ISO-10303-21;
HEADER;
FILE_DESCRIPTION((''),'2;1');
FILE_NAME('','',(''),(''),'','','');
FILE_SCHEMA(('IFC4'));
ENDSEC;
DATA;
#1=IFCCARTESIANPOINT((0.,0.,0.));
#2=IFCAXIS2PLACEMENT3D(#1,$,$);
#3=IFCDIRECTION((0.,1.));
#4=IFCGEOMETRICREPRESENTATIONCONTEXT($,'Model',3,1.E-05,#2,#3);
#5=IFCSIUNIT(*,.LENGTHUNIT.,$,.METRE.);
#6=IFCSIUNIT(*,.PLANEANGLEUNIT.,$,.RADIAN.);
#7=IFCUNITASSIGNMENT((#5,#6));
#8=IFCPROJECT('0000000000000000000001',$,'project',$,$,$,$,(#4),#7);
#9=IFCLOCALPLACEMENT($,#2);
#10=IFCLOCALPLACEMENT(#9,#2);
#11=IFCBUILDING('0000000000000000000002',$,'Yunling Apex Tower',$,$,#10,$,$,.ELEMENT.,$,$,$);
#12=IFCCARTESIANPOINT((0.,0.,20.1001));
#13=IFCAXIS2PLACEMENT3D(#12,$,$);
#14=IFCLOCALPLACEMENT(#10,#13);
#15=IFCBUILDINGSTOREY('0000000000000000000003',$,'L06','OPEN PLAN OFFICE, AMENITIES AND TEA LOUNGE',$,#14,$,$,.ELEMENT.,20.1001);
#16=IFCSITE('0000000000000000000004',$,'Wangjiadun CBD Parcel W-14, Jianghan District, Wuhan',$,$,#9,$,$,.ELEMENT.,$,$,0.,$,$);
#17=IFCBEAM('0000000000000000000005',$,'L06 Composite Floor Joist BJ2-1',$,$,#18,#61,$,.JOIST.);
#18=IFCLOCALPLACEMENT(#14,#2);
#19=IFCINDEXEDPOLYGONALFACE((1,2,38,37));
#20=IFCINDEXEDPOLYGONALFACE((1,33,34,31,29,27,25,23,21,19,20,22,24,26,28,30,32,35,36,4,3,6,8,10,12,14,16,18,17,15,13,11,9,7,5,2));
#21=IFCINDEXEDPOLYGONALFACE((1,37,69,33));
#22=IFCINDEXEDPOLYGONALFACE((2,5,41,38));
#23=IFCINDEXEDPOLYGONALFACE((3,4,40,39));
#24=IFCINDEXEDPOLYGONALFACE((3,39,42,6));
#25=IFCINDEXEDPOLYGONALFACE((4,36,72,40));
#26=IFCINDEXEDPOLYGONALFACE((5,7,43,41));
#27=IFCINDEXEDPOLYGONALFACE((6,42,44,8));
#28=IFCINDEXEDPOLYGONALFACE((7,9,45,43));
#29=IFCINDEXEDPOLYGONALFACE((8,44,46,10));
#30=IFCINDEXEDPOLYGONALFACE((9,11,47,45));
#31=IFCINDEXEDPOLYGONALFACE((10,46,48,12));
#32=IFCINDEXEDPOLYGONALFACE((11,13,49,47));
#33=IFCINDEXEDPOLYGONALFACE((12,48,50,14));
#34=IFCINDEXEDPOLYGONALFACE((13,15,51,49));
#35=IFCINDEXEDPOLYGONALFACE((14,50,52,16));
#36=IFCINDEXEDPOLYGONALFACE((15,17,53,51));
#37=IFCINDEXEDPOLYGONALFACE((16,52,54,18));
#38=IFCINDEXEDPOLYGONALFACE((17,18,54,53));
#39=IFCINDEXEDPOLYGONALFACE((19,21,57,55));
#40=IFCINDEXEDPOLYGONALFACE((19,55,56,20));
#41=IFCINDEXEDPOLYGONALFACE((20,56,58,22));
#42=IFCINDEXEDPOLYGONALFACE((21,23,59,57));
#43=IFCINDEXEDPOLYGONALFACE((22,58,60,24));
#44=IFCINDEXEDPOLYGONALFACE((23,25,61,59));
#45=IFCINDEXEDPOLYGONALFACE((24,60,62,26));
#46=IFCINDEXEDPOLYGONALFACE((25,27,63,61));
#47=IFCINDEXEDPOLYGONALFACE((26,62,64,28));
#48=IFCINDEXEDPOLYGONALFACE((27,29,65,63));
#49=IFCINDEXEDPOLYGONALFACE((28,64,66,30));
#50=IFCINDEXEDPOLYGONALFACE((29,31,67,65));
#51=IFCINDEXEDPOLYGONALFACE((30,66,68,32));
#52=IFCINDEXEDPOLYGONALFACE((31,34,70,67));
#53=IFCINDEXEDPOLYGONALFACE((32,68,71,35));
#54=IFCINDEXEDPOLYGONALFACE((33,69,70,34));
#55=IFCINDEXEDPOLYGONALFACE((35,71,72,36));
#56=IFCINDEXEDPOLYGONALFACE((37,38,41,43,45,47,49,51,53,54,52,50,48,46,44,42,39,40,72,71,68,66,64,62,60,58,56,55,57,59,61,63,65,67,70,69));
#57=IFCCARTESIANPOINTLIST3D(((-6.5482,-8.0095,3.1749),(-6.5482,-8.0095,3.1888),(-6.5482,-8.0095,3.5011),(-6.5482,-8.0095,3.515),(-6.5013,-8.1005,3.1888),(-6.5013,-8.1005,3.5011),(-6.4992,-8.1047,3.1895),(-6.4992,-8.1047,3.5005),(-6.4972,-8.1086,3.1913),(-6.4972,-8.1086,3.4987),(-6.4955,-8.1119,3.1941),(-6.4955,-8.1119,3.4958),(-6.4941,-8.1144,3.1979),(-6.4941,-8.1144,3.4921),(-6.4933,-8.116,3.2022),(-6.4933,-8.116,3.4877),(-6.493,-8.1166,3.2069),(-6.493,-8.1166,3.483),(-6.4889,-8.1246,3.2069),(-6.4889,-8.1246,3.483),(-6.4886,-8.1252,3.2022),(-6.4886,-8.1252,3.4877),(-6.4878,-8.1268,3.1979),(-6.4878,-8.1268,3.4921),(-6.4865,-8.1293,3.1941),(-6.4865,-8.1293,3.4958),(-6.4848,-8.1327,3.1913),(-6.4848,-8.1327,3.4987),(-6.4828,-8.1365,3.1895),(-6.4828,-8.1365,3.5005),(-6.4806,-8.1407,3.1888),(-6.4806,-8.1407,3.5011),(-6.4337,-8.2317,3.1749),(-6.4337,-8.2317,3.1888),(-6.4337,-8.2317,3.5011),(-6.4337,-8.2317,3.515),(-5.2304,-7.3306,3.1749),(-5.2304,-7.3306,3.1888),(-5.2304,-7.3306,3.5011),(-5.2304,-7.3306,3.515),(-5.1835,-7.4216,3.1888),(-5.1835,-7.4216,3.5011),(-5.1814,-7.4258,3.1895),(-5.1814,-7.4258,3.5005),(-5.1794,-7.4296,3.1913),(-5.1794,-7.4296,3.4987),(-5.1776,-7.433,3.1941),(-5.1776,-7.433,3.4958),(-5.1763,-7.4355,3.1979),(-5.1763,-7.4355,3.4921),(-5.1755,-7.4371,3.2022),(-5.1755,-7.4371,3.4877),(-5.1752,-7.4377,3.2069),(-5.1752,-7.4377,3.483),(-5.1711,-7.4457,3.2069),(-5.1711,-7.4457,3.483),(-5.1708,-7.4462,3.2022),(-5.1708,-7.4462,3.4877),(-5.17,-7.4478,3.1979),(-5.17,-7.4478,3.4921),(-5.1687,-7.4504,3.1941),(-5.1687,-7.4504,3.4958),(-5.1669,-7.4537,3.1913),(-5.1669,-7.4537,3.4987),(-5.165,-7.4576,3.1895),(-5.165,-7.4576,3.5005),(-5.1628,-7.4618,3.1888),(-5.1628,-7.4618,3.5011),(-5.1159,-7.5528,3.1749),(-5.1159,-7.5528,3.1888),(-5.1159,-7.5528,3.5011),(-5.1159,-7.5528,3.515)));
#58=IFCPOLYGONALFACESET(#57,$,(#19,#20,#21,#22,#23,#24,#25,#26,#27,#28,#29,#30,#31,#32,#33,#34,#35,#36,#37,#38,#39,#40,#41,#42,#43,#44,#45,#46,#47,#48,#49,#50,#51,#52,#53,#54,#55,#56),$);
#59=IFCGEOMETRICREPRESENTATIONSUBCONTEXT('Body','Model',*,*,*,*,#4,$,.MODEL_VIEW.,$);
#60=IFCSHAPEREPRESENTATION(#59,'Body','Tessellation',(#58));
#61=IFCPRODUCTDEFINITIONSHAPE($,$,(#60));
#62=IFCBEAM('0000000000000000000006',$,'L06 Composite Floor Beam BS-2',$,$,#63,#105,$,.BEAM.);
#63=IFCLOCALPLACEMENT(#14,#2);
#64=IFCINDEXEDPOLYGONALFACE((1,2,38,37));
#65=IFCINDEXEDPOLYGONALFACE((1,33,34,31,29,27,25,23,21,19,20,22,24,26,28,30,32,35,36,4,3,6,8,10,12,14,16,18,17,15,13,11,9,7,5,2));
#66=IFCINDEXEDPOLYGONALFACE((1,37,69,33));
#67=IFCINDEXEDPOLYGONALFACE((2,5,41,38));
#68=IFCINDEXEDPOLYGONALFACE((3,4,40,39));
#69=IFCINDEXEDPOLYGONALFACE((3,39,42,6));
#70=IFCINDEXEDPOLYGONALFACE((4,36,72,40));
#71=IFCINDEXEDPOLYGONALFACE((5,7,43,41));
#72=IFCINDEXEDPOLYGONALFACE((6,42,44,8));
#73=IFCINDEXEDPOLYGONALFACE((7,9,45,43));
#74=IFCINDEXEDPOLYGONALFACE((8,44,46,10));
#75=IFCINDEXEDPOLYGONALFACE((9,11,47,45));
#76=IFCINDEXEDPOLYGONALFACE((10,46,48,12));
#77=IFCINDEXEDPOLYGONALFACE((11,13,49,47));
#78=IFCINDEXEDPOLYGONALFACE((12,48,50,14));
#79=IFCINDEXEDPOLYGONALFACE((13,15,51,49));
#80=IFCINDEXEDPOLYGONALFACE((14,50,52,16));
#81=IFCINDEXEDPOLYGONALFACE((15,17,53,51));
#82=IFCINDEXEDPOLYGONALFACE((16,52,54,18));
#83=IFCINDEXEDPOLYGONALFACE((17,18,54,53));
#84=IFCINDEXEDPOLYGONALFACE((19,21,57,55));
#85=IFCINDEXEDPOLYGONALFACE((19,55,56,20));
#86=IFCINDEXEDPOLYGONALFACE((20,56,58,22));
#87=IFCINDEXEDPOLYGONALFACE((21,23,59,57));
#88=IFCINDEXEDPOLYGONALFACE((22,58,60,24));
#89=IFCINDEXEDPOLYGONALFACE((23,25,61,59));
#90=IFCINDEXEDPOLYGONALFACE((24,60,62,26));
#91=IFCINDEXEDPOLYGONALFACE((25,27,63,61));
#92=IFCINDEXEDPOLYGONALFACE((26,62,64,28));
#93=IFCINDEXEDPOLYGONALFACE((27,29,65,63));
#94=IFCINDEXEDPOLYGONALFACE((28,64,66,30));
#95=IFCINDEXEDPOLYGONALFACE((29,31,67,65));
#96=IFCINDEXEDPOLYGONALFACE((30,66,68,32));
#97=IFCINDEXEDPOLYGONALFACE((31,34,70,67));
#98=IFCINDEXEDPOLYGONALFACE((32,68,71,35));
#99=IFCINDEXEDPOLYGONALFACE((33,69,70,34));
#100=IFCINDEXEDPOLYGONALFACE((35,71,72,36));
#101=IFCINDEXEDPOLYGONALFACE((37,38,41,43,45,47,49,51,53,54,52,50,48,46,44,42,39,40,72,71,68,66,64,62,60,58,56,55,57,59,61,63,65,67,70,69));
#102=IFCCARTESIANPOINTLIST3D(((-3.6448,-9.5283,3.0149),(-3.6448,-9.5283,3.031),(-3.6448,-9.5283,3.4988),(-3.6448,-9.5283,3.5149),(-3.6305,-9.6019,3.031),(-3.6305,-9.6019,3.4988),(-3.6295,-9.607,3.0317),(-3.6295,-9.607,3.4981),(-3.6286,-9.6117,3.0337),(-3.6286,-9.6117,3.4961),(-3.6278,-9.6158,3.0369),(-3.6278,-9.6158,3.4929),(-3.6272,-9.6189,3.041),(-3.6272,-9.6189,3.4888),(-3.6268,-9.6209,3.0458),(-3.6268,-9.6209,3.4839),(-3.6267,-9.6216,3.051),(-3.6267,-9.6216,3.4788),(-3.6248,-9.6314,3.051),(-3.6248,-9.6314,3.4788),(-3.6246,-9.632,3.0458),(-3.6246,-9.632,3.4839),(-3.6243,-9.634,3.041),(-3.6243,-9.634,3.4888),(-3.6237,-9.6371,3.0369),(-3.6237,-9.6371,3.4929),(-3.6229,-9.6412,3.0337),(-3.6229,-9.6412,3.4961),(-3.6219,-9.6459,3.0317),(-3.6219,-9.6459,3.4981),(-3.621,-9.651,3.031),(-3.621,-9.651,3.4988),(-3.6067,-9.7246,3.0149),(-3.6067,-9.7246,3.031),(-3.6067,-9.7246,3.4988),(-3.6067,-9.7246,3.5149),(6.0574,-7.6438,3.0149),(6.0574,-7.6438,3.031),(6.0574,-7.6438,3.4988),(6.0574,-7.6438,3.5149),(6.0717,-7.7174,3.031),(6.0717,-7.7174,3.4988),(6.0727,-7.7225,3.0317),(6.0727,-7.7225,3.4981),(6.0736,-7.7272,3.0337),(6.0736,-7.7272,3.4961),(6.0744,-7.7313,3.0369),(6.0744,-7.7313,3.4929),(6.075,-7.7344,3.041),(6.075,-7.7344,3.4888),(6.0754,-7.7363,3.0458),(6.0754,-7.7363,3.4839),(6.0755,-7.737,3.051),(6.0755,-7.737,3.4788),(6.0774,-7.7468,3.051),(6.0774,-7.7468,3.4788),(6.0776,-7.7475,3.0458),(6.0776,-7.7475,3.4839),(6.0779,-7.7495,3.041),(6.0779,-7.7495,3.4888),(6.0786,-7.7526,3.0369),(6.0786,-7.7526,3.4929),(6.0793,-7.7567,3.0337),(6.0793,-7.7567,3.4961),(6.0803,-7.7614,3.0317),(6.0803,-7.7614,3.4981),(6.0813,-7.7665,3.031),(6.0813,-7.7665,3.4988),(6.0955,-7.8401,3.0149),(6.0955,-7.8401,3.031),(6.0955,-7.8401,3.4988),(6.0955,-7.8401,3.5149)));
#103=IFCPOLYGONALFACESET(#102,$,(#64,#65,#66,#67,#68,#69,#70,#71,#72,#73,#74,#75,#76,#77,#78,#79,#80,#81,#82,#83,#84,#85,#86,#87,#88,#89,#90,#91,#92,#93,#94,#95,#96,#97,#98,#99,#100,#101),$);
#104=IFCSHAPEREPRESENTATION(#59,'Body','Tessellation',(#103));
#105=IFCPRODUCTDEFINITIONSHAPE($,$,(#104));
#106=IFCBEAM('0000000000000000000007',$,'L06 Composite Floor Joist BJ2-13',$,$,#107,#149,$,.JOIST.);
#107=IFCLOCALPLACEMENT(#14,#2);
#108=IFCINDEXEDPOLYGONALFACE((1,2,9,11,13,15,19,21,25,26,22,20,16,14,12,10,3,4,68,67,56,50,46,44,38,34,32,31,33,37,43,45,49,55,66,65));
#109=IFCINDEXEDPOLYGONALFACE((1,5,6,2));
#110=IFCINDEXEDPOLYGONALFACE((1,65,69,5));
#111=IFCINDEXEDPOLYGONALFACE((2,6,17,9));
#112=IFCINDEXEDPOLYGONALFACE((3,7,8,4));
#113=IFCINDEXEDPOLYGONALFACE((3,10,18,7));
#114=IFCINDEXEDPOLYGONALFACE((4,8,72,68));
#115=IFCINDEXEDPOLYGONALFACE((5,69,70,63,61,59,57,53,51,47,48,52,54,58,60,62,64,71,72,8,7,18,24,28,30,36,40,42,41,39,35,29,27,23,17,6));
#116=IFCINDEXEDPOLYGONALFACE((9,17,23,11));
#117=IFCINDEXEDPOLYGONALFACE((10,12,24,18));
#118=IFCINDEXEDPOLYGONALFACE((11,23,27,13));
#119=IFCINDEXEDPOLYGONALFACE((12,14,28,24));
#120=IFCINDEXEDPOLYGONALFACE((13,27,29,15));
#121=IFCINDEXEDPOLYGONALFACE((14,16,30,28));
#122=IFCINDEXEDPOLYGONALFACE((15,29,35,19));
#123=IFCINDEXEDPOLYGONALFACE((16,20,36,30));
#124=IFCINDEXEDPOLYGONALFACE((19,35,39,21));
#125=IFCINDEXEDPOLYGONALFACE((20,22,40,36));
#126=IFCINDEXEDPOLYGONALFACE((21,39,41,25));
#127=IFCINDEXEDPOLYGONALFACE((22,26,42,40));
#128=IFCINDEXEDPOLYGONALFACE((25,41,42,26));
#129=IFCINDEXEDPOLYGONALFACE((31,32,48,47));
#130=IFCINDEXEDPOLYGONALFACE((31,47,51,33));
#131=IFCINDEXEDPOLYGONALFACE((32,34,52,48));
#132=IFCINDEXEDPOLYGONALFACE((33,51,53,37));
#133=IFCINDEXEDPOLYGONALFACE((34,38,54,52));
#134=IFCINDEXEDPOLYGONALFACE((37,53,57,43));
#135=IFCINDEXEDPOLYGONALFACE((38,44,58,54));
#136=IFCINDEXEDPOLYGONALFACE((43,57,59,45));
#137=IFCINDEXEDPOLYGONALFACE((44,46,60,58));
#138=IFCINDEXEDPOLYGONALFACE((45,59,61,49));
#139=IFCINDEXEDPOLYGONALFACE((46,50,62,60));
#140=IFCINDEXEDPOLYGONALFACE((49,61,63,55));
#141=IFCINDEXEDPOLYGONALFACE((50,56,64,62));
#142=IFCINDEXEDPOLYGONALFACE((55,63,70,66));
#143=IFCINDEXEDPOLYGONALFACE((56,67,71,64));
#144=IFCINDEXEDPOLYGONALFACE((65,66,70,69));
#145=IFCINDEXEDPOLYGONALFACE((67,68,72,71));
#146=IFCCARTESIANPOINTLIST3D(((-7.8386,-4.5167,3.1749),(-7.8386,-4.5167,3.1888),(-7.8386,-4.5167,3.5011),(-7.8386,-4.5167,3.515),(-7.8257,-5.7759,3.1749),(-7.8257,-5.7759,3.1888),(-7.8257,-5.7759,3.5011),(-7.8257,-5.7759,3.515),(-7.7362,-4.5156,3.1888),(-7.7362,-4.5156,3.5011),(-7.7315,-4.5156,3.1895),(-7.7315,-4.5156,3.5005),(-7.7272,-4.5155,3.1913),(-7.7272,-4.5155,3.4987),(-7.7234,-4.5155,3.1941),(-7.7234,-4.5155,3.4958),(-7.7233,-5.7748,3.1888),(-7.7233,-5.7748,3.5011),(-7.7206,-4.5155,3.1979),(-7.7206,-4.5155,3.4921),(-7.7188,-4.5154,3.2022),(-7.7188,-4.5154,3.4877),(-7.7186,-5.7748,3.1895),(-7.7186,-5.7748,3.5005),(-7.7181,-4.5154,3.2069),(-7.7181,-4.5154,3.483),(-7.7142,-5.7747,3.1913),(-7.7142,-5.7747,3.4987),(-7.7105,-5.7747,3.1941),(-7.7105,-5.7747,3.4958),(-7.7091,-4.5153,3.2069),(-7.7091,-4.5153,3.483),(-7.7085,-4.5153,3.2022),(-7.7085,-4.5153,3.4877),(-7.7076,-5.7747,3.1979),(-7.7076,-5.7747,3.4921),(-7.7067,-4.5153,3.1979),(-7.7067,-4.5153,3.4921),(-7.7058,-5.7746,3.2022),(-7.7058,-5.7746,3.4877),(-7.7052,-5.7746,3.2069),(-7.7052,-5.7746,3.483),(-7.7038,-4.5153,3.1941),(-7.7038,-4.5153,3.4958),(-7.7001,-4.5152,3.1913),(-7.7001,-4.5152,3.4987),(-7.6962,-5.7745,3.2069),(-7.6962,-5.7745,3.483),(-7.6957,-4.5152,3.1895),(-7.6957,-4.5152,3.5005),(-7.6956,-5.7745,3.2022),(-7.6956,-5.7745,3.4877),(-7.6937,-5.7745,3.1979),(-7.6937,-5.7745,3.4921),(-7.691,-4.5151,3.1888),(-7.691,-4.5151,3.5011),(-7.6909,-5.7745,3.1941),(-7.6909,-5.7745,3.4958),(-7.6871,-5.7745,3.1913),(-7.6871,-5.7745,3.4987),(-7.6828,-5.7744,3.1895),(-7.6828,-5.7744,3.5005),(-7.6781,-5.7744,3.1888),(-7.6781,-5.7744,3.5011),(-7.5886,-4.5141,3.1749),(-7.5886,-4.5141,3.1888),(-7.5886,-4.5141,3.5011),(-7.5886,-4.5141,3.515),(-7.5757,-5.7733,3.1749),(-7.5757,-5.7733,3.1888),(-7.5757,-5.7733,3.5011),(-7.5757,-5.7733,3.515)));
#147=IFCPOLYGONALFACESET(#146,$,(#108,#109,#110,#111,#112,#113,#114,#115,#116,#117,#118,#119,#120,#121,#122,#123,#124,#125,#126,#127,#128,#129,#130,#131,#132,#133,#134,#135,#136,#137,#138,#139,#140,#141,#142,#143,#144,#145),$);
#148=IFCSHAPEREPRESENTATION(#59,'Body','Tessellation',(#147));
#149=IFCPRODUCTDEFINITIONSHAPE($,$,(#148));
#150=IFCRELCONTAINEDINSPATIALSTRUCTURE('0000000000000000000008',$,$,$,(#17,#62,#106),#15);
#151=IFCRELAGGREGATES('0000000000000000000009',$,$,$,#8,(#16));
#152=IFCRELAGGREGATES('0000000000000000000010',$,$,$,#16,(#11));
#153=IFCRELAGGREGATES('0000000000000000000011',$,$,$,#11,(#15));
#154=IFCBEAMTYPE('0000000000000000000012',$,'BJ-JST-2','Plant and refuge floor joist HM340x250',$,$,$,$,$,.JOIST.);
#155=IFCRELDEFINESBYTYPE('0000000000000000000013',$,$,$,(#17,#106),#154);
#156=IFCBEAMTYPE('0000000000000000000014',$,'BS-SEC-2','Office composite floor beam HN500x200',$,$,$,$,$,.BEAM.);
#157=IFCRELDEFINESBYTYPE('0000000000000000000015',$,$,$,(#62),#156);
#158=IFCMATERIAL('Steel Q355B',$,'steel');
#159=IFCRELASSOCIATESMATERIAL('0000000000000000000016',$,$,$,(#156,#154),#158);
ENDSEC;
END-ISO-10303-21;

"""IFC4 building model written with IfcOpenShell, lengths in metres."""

from ifc_helpers import new_model, si_unit, direction, frame, origin, origin_2d, place, context, subcontext, project, spatial, i_section, extrude, source, transform, mapped, material, material_profile, profile_set, type_object, element, save


model = new_model("IFC4")

# Units and contexts
model_context = context("Model", 3, precision=1e-05, world=origin(), true_north=direction((0.0, 1.0)))
body_context = subcontext(model_context, "Body", "Model", "MODEL_VIEW")
ifc_project = project(units=[si_unit("LENGTHUNIT", "METRE"), si_unit("PLANEANGLEUNIT", "RADIAN")], contexts=[model_context])

# Site, building, storey
site_placement = place(None, origin())
site = spatial("IfcSite", under=ifc_project, at=site_placement, Name="Wangjiadun CBD Parcel W-14, Jianghan District, Wuhan", CompositionType="ELEMENT", RefElevation=0.0)
building_placement = place(site_placement, origin())
building = spatial("IfcBuilding", under=site, at=building_placement, Name="Yunling Apex Tower", CompositionType="ELEMENT")
storey_placement = place(building_placement, frame((0.0, 0.0, 20.1001)))
storey = spatial("IfcBuildingStorey", under=building, at=storey_placement, Name="L06", Description="OPEN PLAN OFFICE, AMENITIES AND TEA LOUNGE", CompositionType="ELEMENT", Elevation=20.1001)

# Beams
ifc_material_1 = material(Name="Steel Q355B", Category="steel")
ifc_material_profile_1 = material_profile(ifc_material_1, i_section(OverallWidth=0.2, OverallDepth=0.5, WebThickness=0.01, FlangeThickness=0.0161, FilletRadius=0.02, at=origin_2d()))
ifc_profile_set_1 = profile_set([ifc_material_profile_1], Name="Steel Q355B")
beam_type_1 = type_object("IfcBeamType", Name="BS-SEC-2", Description="Office composite floor beam HN500x200", PredefinedType="BEAM", material=ifc_profile_set_1)
ifc_material_profile_2 = material_profile(ifc_material_1, i_section(OverallWidth=0.25, OverallDepth=0.3401, WebThickness=0.009, FlangeThickness=0.0139, FilletRadius=0.0181, at=origin_2d()))
ifc_profile_set_2 = profile_set([ifc_material_profile_2], Name="Steel Q355B")
beam_type_2 = type_object("IfcBeamType", Name="BJ-JST-2", Description="Plant and refuge floor joist HM340x250", PredefinedType="JOIST", material=ifc_profile_set_2)
shared_shape_1 = source(origin(), body_context, "Body", "SweptSolid", [
    extrude(i_section(OverallWidth=0.25, OverallDepth=0.3401, WebThickness=0.009, FlangeThickness=0.0139, FilletRadius=0.0181, at=origin_2d()), origin(), (0.0, 0.0, 1.0), 1.4824),
])
beam_1_placement = place(storey_placement, frame((-6.491, -8.1206, 3.345), z_axis=(0.88896, 0.457984, 0.0), x_axis=(-0.457984, 0.88896, 0.0)))
element("IfcBeam", 1, at=beam_1_placement, inside=storey, type_object=beam_type_2, Name="L06 Composite Floor Joist BJ2-1", PredefinedType="JOIST", context=body_context, shape_type="MappedRepresentation", body=[
    mapped(shared_shape_1, transform((0.0, 0.0, 0.0), scale=1.0)),
])
shared_shape_2 = source(origin(), body_context, "Body", "SweptSolid", [
    extrude(i_section(OverallWidth=0.2, OverallDepth=0.5, WebThickness=0.01, FlangeThickness=0.0161, FilletRadius=0.02, at=origin_2d()), origin(), (0.0, 0.0, 1.0), 9.8835),
])
beam_2_placement = place(storey_placement, frame((-3.6257, -9.6265, 3.2649), z_axis=(0.981653, 0.190674, 0.0), x_axis=(-0.190674, 0.981653, 0.0)))
element("IfcBeam", 2, at=beam_2_placement, inside=storey, type_object=beam_type_1, Name="L06 Composite Floor Beam BS-2", PredefinedType="BEAM", context=body_context, shape_type="MappedRepresentation", body=[
    mapped(shared_shape_2, transform((0.0, 0.0, 0.0), scale=1.0)),
])
shared_shape_3 = source(origin(), body_context, "Body", "SweptSolid", [
    extrude(i_section(OverallWidth=0.25, OverallDepth=0.3401, WebThickness=0.009, FlangeThickness=0.0139, FilletRadius=0.0181, at=origin_2d()), origin(), (0.0, 0.0, 1.0), 1.2593),
])
beam_3_placement = place(storey_placement, frame((-7.7136, -4.5154, 3.345), z_axis=(0.010275, -0.999947, 0.0), x_axis=(0.999947, 0.010275, 0.0)))
element("IfcBeam", 3, at=beam_3_placement, inside=storey, type_object=beam_type_2, Name="L06 Composite Floor Joist BJ2-13", PredefinedType="JOIST", context=body_context, shape_type="MappedRepresentation", body=[
    mapped(shared_shape_3, transform((0.0, 0.0, 0.0), scale=1.0)),
])

save(model, "model.ifc")
